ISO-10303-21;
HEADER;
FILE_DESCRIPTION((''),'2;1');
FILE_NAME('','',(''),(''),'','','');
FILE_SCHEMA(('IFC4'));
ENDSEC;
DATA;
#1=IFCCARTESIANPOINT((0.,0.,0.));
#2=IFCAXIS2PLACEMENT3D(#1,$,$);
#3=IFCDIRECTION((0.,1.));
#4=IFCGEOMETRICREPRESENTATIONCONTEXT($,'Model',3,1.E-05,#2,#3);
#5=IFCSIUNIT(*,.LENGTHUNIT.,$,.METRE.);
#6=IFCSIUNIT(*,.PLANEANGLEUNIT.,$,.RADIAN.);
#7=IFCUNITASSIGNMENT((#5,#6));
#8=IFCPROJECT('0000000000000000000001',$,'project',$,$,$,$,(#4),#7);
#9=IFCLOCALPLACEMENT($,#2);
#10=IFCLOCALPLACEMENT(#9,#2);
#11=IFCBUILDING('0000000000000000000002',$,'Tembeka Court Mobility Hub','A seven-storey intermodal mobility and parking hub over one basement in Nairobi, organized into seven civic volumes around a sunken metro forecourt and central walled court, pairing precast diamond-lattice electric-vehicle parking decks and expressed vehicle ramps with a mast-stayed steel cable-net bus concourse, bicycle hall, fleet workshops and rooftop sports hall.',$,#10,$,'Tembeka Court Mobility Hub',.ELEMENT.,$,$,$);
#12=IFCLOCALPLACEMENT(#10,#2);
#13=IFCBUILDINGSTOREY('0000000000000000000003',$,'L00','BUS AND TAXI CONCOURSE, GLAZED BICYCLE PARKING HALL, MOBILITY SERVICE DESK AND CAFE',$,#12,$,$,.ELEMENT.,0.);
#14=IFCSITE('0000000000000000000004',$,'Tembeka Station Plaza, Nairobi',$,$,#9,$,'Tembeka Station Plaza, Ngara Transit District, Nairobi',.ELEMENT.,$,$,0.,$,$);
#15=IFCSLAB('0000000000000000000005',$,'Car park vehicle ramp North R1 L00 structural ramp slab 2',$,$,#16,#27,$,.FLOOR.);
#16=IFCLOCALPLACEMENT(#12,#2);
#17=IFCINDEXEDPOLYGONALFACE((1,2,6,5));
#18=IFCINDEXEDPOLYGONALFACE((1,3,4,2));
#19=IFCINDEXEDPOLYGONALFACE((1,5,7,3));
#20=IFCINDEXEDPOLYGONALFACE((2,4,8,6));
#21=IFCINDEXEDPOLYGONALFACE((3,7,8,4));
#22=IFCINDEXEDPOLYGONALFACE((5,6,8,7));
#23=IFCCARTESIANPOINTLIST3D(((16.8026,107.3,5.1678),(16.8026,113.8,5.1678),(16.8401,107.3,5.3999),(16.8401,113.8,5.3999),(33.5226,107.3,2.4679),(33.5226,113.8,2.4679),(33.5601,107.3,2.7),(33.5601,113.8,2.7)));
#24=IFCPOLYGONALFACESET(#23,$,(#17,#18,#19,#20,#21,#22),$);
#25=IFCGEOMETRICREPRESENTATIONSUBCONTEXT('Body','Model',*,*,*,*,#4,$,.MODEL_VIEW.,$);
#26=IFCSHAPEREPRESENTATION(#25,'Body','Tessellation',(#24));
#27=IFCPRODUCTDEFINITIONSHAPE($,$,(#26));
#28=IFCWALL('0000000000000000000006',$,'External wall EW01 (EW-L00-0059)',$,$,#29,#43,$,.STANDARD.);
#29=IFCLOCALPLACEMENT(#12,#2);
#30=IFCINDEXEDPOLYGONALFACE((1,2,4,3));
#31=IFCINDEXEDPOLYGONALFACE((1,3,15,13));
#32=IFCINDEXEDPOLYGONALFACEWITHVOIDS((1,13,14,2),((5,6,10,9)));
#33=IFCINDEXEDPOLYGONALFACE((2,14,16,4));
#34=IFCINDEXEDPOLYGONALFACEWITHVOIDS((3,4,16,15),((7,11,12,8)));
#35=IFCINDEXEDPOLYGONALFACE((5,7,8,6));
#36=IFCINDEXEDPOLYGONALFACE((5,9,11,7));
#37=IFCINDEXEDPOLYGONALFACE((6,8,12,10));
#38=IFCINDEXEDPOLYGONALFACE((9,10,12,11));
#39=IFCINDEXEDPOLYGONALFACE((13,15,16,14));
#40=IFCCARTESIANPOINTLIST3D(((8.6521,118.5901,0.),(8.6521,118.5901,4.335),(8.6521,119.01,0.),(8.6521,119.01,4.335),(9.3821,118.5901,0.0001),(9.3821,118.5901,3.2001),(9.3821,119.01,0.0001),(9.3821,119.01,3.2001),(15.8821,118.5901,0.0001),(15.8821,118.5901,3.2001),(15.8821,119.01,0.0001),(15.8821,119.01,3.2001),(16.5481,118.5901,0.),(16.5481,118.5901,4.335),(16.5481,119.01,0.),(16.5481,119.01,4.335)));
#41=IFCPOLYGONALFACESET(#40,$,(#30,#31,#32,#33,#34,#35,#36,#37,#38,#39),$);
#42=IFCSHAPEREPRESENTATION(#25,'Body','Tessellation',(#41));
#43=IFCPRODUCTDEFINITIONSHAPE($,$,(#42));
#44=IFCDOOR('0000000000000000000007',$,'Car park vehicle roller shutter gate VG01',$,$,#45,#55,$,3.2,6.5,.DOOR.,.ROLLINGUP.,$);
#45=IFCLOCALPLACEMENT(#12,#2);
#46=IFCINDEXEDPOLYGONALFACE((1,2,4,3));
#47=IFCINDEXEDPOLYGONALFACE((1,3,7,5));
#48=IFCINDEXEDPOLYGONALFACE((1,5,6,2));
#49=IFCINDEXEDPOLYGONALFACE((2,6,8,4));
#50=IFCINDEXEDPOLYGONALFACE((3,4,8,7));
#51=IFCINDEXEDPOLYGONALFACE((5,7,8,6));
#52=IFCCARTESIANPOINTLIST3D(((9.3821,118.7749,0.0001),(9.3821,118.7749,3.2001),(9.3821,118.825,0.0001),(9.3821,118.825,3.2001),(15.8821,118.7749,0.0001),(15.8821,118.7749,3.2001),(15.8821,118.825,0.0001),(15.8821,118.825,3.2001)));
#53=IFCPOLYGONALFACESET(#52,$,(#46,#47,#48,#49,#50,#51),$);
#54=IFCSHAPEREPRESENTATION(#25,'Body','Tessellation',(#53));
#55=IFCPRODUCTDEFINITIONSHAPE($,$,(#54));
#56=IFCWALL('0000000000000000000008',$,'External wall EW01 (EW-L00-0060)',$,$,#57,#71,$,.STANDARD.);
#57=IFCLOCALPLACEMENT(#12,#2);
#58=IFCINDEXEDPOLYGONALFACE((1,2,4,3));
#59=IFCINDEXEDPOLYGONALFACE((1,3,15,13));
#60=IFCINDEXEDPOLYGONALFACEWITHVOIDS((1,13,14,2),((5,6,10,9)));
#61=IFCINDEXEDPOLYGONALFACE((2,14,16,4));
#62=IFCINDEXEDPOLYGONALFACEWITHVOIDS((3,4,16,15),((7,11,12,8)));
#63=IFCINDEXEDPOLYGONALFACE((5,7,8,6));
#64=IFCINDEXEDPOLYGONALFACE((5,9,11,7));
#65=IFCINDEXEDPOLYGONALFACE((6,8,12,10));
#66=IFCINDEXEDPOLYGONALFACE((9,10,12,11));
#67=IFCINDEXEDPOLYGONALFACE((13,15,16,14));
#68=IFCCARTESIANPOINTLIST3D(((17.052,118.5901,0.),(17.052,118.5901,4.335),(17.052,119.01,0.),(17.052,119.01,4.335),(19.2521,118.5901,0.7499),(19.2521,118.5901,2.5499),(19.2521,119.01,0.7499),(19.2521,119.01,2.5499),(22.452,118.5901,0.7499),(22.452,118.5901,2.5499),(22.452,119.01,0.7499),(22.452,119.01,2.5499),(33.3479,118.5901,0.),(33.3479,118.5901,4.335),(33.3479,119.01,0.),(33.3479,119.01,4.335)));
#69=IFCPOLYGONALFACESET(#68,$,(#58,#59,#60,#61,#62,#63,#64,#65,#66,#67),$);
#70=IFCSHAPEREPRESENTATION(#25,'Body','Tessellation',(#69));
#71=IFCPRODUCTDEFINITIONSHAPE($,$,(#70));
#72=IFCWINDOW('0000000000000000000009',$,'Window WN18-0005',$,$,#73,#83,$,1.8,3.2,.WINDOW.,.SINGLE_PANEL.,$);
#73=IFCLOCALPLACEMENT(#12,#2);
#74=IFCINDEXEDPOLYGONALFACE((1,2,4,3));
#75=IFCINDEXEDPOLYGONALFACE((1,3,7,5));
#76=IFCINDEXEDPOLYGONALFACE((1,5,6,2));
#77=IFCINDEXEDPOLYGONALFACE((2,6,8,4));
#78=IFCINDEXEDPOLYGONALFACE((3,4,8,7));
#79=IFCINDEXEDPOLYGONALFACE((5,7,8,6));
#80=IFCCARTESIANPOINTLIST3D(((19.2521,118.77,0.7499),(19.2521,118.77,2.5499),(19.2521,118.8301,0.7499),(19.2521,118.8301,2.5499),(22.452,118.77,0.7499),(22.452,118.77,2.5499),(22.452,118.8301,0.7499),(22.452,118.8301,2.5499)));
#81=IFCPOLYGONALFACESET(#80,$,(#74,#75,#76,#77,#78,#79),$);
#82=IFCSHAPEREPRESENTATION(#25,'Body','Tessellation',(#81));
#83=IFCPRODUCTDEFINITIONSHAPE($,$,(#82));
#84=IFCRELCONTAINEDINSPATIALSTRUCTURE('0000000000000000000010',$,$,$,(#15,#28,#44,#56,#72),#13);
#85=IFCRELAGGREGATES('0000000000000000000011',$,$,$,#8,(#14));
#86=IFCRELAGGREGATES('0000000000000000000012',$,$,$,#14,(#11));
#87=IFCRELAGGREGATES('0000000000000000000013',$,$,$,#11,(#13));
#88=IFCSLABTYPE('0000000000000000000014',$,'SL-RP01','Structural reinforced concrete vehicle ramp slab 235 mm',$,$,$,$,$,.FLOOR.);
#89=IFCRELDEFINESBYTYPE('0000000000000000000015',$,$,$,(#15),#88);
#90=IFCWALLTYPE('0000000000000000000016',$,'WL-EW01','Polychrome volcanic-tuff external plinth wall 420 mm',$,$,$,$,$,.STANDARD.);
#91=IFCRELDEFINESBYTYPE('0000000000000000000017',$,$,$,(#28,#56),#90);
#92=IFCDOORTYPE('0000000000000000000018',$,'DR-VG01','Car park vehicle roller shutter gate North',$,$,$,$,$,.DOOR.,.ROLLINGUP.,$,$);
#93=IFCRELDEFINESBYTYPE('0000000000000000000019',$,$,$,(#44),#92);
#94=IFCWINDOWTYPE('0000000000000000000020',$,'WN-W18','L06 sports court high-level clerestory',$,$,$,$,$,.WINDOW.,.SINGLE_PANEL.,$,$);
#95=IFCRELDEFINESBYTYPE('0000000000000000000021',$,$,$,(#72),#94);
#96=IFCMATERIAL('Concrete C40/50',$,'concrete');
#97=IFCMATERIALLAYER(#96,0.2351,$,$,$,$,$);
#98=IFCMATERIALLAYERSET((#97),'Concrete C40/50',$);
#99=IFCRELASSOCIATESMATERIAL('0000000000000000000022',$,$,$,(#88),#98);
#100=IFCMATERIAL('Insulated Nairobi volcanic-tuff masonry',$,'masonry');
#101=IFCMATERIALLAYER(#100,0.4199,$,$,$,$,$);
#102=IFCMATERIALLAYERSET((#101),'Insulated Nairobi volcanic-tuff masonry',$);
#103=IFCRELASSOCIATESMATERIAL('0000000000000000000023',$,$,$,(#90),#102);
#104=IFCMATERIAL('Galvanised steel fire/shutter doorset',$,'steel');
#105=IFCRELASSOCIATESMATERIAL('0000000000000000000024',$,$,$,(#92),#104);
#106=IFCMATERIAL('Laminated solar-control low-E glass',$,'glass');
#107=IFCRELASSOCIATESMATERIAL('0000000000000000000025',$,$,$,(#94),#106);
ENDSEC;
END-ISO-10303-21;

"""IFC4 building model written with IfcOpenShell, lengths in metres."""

from ifc_helpers import new_model, si_unit, direction, frame, frame_2d, origin, place, context, subcontext, project, spatial, polyline, rectangle, outline, extrude, material, layer, layer_set, type_object, element, fill, save


model = new_model("IFC4")

# Units and contexts
model_context = context("Model", 3, precision=1e-05, world=origin(), true_north=direction((0.0, 1.0)))
body_context = subcontext(model_context, "Body", "Model", "MODEL_VIEW")
ifc_project = project(units=[si_unit("LENGTHUNIT", "METRE"), si_unit("PLANEANGLEUNIT", "RADIAN")], contexts=[model_context])

# Site, building, storey
site_placement = place(None, origin())
site = spatial("IfcSite", under=ifc_project, at=site_placement, Name="Tembeka Station Plaza, Nairobi", LongName="Tembeka Station Plaza, Ngara Transit District, Nairobi", CompositionType="ELEMENT", RefElevation=0.0)
building_placement = place(site_placement, origin())
building = spatial("IfcBuilding", under=site, at=building_placement, Name="Tembeka Court Mobility Hub", Description="A seven-storey intermodal mobility and parking hub over one basement in Nairobi, organized into seven civic volumes around a sunken metro forecourt and central walled court, pairing precast diamond-lattice electric-vehicle parking decks and expressed vehicle ramps with a mast-stayed steel cable-net bus concourse, bicycle hall, fleet workshops and rooftop sports hall.", LongName="Tembeka Court Mobility Hub", CompositionType="ELEMENT")
storey_placement = place(building_placement, origin())
storey = spatial("IfcBuildingStorey", under=building, at=storey_placement, Name="L00", Description="BUS AND TAXI CONCOURSE, GLAZED BICYCLE PARKING HALL, MOBILITY SERVICE DESK AND CAFE", CompositionType="ELEMENT", Elevation=0.0)

# Slab
ifc_material_1 = material(Name="Concrete C40/50", Category="concrete")
ifc_layer_1 = layer(ifc_material_1, 0.2351)
ifc_layer_set_1 = layer_set([ifc_layer_1], Name="Concrete C40/50")
slab_type = type_object("IfcSlabType", Name="SL-RP01", Description="Structural reinforced concrete vehicle ramp slab 235 mm", PredefinedType="FLOOR", material=ifc_layer_set_1)
slab_1_placement = place(storey_placement, frame((33.5601, 107.3, 2.7), z_axis=(0.159416, 0.0, 0.987212), x_axis=(-0.987212, 0.0, 0.159416)))
element("IfcSlab", 1, at=slab_1_placement, inside=storey, type_object=slab_type, Name="Car park vehicle ramp North R1 L00 structural ramp slab 2", PredefinedType="FLOOR", context=body_context, shape_type="SweptSolid", body=[
    extrude(outline(polyline([(0.0, 0.0), (16.9366, 0.0), (16.9366, -6.5), (0.0, -6.5), (0.0, 0.0)])), origin(), (0.0, 0.0, -1.0), 0.2351),
])

# Wall, opening, door
ifc_material_2 = material(Name="Insulated Nairobi volcanic-tuff masonry", Category="masonry")
ifc_layer_2 = layer(ifc_material_2, 0.4199)
ifc_layer_set_2 = layer_set([ifc_layer_2], Name="Insulated Nairobi volcanic-tuff masonry")
wall_type = type_object("IfcWallType", Name="WL-EW01", Description="Polychrome volcanic-tuff external plinth wall 420 mm", PredefinedType="STANDARD", material=ifc_layer_set_2)
wall_1_placement = place(storey_placement, frame((8.6521, 118.8, 0.0), z_axis=(0.0, 0.0, 1.0), x_axis=(1.0, 0.0, 0.0)))
wall_1 = element("IfcWall", 2, at=wall_1_placement, inside=storey, type_object=wall_type, Name="External wall EW01 (EW-L00-0059)", PredefinedType="STANDARD", context=body_context, shape_type="SweptSolid", body=[
    extrude(rectangle(XDim=7.896, YDim=0.4199, at=frame_2d((3.948, 0.0))), origin(), (0.0, 0.0, 1.0), 4.335),
])
opening_1_placement = place(wall_1_placement, frame((0.73, 0.0, 0.0)))
opening_1 = element("IfcOpeningElement", 3, at=opening_1_placement, cuts=wall_1, PredefinedType="OPENING", context=body_context, shape_type="SweptSolid", body=[
    extrude(rectangle(XDim=6.5, YDim=3.2, at=frame_2d((3.25, 1.6001))), frame((0.0, 0.22, 0.0), z_axis=(0.0, -1.0, 0.0), x_axis=(1.0, 0.0, 0.0)), (0.0, 0.0, 1.0), 0.4399),
])
ifc_material_3 = material(Name="Galvanised steel fire/shutter doorset", Category="steel")
door_type = type_object("IfcDoorType", Name="DR-VG01", Description="Car park vehicle roller shutter gate North", OperationType="ROLLINGUP", PredefinedType="DOOR", material=ifc_material_3)
door_placement = place(opening_1_placement, origin())
door = element("IfcDoor", 4, at=door_placement, inside=storey, type_object=door_type, Name="Car park vehicle roller shutter gate VG01", OperationType="ROLLINGUP", OverallHeight=3.2, OverallWidth=6.5, PredefinedType="DOOR", context=body_context, shape_type="SweptSolid", body=[
    extrude(rectangle(XDim=6.5, YDim=3.2, at=frame_2d((3.25, 1.6001))), frame((0.0, 0.0249, 0.0), z_axis=(0.0, -1.0, 0.0), x_axis=(1.0, 0.0, 0.0)), (0.0, 0.0, 1.0), 0.05),
])
fill(opening_1, door)

# Wall, opening, window
wall_2_placement = place(storey_placement, frame((17.052, 118.8, 0.0), z_axis=(0.0, 0.0, 1.0), x_axis=(1.0, 0.0, 0.0)))
wall_2 = element("IfcWall", 5, at=wall_2_placement, inside=storey, type_object=wall_type, Name="External wall EW01 (EW-L00-0060)", PredefinedType="STANDARD", context=body_context, shape_type="SweptSolid", body=[
    extrude(rectangle(XDim=16.2959, YDim=0.4199, at=frame_2d((8.1479, 0.0))), origin(), (0.0, 0.0, 1.0), 4.335),
])
opening_2_placement = place(wall_2_placement, frame((2.2, 0.0, 0.75)))
opening_2 = element("IfcOpeningElement", 6, at=opening_2_placement, cuts=wall_2, PredefinedType="OPENING", context=body_context, shape_type="SweptSolid", body=[
    extrude(rectangle(XDim=3.2, YDim=1.8, at=frame_2d((1.6001, 0.8999))), frame((0.0, 0.22, 0.0), z_axis=(0.0, -1.0, 0.0), x_axis=(1.0, 0.0, 0.0)), (0.0, 0.0, 1.0), 0.4399),
])
ifc_material_4 = material(Name="Laminated solar-control low-E glass", Category="glass")
window_type = type_object("IfcWindowType", Name="WN-W18", Description="L06 sports court high-level clerestory", PartitioningType="SINGLE_PANEL", PredefinedType="WINDOW", material=ifc_material_4)
window_placement = place(opening_2_placement, origin())
window = element("IfcWindow", 7, at=window_placement, inside=storey, type_object=window_type, Name="Window WN18-0005", OverallHeight=1.8, OverallWidth=3.2, PartitioningType="SINGLE_PANEL", PredefinedType="WINDOW", context=body_context, shape_type="SweptSolid", body=[
    extrude(rectangle(XDim=3.2, YDim=1.8, at=frame_2d((1.6001, 0.8999))), frame((0.0, 0.03, 0.0), z_axis=(0.0, -1.0, 0.0), x_axis=(1.0, 0.0, 0.0)), (0.0, 0.0, 1.0), 0.0601),
])
fill(opening_2, window)

save(model, "model.ifc")
